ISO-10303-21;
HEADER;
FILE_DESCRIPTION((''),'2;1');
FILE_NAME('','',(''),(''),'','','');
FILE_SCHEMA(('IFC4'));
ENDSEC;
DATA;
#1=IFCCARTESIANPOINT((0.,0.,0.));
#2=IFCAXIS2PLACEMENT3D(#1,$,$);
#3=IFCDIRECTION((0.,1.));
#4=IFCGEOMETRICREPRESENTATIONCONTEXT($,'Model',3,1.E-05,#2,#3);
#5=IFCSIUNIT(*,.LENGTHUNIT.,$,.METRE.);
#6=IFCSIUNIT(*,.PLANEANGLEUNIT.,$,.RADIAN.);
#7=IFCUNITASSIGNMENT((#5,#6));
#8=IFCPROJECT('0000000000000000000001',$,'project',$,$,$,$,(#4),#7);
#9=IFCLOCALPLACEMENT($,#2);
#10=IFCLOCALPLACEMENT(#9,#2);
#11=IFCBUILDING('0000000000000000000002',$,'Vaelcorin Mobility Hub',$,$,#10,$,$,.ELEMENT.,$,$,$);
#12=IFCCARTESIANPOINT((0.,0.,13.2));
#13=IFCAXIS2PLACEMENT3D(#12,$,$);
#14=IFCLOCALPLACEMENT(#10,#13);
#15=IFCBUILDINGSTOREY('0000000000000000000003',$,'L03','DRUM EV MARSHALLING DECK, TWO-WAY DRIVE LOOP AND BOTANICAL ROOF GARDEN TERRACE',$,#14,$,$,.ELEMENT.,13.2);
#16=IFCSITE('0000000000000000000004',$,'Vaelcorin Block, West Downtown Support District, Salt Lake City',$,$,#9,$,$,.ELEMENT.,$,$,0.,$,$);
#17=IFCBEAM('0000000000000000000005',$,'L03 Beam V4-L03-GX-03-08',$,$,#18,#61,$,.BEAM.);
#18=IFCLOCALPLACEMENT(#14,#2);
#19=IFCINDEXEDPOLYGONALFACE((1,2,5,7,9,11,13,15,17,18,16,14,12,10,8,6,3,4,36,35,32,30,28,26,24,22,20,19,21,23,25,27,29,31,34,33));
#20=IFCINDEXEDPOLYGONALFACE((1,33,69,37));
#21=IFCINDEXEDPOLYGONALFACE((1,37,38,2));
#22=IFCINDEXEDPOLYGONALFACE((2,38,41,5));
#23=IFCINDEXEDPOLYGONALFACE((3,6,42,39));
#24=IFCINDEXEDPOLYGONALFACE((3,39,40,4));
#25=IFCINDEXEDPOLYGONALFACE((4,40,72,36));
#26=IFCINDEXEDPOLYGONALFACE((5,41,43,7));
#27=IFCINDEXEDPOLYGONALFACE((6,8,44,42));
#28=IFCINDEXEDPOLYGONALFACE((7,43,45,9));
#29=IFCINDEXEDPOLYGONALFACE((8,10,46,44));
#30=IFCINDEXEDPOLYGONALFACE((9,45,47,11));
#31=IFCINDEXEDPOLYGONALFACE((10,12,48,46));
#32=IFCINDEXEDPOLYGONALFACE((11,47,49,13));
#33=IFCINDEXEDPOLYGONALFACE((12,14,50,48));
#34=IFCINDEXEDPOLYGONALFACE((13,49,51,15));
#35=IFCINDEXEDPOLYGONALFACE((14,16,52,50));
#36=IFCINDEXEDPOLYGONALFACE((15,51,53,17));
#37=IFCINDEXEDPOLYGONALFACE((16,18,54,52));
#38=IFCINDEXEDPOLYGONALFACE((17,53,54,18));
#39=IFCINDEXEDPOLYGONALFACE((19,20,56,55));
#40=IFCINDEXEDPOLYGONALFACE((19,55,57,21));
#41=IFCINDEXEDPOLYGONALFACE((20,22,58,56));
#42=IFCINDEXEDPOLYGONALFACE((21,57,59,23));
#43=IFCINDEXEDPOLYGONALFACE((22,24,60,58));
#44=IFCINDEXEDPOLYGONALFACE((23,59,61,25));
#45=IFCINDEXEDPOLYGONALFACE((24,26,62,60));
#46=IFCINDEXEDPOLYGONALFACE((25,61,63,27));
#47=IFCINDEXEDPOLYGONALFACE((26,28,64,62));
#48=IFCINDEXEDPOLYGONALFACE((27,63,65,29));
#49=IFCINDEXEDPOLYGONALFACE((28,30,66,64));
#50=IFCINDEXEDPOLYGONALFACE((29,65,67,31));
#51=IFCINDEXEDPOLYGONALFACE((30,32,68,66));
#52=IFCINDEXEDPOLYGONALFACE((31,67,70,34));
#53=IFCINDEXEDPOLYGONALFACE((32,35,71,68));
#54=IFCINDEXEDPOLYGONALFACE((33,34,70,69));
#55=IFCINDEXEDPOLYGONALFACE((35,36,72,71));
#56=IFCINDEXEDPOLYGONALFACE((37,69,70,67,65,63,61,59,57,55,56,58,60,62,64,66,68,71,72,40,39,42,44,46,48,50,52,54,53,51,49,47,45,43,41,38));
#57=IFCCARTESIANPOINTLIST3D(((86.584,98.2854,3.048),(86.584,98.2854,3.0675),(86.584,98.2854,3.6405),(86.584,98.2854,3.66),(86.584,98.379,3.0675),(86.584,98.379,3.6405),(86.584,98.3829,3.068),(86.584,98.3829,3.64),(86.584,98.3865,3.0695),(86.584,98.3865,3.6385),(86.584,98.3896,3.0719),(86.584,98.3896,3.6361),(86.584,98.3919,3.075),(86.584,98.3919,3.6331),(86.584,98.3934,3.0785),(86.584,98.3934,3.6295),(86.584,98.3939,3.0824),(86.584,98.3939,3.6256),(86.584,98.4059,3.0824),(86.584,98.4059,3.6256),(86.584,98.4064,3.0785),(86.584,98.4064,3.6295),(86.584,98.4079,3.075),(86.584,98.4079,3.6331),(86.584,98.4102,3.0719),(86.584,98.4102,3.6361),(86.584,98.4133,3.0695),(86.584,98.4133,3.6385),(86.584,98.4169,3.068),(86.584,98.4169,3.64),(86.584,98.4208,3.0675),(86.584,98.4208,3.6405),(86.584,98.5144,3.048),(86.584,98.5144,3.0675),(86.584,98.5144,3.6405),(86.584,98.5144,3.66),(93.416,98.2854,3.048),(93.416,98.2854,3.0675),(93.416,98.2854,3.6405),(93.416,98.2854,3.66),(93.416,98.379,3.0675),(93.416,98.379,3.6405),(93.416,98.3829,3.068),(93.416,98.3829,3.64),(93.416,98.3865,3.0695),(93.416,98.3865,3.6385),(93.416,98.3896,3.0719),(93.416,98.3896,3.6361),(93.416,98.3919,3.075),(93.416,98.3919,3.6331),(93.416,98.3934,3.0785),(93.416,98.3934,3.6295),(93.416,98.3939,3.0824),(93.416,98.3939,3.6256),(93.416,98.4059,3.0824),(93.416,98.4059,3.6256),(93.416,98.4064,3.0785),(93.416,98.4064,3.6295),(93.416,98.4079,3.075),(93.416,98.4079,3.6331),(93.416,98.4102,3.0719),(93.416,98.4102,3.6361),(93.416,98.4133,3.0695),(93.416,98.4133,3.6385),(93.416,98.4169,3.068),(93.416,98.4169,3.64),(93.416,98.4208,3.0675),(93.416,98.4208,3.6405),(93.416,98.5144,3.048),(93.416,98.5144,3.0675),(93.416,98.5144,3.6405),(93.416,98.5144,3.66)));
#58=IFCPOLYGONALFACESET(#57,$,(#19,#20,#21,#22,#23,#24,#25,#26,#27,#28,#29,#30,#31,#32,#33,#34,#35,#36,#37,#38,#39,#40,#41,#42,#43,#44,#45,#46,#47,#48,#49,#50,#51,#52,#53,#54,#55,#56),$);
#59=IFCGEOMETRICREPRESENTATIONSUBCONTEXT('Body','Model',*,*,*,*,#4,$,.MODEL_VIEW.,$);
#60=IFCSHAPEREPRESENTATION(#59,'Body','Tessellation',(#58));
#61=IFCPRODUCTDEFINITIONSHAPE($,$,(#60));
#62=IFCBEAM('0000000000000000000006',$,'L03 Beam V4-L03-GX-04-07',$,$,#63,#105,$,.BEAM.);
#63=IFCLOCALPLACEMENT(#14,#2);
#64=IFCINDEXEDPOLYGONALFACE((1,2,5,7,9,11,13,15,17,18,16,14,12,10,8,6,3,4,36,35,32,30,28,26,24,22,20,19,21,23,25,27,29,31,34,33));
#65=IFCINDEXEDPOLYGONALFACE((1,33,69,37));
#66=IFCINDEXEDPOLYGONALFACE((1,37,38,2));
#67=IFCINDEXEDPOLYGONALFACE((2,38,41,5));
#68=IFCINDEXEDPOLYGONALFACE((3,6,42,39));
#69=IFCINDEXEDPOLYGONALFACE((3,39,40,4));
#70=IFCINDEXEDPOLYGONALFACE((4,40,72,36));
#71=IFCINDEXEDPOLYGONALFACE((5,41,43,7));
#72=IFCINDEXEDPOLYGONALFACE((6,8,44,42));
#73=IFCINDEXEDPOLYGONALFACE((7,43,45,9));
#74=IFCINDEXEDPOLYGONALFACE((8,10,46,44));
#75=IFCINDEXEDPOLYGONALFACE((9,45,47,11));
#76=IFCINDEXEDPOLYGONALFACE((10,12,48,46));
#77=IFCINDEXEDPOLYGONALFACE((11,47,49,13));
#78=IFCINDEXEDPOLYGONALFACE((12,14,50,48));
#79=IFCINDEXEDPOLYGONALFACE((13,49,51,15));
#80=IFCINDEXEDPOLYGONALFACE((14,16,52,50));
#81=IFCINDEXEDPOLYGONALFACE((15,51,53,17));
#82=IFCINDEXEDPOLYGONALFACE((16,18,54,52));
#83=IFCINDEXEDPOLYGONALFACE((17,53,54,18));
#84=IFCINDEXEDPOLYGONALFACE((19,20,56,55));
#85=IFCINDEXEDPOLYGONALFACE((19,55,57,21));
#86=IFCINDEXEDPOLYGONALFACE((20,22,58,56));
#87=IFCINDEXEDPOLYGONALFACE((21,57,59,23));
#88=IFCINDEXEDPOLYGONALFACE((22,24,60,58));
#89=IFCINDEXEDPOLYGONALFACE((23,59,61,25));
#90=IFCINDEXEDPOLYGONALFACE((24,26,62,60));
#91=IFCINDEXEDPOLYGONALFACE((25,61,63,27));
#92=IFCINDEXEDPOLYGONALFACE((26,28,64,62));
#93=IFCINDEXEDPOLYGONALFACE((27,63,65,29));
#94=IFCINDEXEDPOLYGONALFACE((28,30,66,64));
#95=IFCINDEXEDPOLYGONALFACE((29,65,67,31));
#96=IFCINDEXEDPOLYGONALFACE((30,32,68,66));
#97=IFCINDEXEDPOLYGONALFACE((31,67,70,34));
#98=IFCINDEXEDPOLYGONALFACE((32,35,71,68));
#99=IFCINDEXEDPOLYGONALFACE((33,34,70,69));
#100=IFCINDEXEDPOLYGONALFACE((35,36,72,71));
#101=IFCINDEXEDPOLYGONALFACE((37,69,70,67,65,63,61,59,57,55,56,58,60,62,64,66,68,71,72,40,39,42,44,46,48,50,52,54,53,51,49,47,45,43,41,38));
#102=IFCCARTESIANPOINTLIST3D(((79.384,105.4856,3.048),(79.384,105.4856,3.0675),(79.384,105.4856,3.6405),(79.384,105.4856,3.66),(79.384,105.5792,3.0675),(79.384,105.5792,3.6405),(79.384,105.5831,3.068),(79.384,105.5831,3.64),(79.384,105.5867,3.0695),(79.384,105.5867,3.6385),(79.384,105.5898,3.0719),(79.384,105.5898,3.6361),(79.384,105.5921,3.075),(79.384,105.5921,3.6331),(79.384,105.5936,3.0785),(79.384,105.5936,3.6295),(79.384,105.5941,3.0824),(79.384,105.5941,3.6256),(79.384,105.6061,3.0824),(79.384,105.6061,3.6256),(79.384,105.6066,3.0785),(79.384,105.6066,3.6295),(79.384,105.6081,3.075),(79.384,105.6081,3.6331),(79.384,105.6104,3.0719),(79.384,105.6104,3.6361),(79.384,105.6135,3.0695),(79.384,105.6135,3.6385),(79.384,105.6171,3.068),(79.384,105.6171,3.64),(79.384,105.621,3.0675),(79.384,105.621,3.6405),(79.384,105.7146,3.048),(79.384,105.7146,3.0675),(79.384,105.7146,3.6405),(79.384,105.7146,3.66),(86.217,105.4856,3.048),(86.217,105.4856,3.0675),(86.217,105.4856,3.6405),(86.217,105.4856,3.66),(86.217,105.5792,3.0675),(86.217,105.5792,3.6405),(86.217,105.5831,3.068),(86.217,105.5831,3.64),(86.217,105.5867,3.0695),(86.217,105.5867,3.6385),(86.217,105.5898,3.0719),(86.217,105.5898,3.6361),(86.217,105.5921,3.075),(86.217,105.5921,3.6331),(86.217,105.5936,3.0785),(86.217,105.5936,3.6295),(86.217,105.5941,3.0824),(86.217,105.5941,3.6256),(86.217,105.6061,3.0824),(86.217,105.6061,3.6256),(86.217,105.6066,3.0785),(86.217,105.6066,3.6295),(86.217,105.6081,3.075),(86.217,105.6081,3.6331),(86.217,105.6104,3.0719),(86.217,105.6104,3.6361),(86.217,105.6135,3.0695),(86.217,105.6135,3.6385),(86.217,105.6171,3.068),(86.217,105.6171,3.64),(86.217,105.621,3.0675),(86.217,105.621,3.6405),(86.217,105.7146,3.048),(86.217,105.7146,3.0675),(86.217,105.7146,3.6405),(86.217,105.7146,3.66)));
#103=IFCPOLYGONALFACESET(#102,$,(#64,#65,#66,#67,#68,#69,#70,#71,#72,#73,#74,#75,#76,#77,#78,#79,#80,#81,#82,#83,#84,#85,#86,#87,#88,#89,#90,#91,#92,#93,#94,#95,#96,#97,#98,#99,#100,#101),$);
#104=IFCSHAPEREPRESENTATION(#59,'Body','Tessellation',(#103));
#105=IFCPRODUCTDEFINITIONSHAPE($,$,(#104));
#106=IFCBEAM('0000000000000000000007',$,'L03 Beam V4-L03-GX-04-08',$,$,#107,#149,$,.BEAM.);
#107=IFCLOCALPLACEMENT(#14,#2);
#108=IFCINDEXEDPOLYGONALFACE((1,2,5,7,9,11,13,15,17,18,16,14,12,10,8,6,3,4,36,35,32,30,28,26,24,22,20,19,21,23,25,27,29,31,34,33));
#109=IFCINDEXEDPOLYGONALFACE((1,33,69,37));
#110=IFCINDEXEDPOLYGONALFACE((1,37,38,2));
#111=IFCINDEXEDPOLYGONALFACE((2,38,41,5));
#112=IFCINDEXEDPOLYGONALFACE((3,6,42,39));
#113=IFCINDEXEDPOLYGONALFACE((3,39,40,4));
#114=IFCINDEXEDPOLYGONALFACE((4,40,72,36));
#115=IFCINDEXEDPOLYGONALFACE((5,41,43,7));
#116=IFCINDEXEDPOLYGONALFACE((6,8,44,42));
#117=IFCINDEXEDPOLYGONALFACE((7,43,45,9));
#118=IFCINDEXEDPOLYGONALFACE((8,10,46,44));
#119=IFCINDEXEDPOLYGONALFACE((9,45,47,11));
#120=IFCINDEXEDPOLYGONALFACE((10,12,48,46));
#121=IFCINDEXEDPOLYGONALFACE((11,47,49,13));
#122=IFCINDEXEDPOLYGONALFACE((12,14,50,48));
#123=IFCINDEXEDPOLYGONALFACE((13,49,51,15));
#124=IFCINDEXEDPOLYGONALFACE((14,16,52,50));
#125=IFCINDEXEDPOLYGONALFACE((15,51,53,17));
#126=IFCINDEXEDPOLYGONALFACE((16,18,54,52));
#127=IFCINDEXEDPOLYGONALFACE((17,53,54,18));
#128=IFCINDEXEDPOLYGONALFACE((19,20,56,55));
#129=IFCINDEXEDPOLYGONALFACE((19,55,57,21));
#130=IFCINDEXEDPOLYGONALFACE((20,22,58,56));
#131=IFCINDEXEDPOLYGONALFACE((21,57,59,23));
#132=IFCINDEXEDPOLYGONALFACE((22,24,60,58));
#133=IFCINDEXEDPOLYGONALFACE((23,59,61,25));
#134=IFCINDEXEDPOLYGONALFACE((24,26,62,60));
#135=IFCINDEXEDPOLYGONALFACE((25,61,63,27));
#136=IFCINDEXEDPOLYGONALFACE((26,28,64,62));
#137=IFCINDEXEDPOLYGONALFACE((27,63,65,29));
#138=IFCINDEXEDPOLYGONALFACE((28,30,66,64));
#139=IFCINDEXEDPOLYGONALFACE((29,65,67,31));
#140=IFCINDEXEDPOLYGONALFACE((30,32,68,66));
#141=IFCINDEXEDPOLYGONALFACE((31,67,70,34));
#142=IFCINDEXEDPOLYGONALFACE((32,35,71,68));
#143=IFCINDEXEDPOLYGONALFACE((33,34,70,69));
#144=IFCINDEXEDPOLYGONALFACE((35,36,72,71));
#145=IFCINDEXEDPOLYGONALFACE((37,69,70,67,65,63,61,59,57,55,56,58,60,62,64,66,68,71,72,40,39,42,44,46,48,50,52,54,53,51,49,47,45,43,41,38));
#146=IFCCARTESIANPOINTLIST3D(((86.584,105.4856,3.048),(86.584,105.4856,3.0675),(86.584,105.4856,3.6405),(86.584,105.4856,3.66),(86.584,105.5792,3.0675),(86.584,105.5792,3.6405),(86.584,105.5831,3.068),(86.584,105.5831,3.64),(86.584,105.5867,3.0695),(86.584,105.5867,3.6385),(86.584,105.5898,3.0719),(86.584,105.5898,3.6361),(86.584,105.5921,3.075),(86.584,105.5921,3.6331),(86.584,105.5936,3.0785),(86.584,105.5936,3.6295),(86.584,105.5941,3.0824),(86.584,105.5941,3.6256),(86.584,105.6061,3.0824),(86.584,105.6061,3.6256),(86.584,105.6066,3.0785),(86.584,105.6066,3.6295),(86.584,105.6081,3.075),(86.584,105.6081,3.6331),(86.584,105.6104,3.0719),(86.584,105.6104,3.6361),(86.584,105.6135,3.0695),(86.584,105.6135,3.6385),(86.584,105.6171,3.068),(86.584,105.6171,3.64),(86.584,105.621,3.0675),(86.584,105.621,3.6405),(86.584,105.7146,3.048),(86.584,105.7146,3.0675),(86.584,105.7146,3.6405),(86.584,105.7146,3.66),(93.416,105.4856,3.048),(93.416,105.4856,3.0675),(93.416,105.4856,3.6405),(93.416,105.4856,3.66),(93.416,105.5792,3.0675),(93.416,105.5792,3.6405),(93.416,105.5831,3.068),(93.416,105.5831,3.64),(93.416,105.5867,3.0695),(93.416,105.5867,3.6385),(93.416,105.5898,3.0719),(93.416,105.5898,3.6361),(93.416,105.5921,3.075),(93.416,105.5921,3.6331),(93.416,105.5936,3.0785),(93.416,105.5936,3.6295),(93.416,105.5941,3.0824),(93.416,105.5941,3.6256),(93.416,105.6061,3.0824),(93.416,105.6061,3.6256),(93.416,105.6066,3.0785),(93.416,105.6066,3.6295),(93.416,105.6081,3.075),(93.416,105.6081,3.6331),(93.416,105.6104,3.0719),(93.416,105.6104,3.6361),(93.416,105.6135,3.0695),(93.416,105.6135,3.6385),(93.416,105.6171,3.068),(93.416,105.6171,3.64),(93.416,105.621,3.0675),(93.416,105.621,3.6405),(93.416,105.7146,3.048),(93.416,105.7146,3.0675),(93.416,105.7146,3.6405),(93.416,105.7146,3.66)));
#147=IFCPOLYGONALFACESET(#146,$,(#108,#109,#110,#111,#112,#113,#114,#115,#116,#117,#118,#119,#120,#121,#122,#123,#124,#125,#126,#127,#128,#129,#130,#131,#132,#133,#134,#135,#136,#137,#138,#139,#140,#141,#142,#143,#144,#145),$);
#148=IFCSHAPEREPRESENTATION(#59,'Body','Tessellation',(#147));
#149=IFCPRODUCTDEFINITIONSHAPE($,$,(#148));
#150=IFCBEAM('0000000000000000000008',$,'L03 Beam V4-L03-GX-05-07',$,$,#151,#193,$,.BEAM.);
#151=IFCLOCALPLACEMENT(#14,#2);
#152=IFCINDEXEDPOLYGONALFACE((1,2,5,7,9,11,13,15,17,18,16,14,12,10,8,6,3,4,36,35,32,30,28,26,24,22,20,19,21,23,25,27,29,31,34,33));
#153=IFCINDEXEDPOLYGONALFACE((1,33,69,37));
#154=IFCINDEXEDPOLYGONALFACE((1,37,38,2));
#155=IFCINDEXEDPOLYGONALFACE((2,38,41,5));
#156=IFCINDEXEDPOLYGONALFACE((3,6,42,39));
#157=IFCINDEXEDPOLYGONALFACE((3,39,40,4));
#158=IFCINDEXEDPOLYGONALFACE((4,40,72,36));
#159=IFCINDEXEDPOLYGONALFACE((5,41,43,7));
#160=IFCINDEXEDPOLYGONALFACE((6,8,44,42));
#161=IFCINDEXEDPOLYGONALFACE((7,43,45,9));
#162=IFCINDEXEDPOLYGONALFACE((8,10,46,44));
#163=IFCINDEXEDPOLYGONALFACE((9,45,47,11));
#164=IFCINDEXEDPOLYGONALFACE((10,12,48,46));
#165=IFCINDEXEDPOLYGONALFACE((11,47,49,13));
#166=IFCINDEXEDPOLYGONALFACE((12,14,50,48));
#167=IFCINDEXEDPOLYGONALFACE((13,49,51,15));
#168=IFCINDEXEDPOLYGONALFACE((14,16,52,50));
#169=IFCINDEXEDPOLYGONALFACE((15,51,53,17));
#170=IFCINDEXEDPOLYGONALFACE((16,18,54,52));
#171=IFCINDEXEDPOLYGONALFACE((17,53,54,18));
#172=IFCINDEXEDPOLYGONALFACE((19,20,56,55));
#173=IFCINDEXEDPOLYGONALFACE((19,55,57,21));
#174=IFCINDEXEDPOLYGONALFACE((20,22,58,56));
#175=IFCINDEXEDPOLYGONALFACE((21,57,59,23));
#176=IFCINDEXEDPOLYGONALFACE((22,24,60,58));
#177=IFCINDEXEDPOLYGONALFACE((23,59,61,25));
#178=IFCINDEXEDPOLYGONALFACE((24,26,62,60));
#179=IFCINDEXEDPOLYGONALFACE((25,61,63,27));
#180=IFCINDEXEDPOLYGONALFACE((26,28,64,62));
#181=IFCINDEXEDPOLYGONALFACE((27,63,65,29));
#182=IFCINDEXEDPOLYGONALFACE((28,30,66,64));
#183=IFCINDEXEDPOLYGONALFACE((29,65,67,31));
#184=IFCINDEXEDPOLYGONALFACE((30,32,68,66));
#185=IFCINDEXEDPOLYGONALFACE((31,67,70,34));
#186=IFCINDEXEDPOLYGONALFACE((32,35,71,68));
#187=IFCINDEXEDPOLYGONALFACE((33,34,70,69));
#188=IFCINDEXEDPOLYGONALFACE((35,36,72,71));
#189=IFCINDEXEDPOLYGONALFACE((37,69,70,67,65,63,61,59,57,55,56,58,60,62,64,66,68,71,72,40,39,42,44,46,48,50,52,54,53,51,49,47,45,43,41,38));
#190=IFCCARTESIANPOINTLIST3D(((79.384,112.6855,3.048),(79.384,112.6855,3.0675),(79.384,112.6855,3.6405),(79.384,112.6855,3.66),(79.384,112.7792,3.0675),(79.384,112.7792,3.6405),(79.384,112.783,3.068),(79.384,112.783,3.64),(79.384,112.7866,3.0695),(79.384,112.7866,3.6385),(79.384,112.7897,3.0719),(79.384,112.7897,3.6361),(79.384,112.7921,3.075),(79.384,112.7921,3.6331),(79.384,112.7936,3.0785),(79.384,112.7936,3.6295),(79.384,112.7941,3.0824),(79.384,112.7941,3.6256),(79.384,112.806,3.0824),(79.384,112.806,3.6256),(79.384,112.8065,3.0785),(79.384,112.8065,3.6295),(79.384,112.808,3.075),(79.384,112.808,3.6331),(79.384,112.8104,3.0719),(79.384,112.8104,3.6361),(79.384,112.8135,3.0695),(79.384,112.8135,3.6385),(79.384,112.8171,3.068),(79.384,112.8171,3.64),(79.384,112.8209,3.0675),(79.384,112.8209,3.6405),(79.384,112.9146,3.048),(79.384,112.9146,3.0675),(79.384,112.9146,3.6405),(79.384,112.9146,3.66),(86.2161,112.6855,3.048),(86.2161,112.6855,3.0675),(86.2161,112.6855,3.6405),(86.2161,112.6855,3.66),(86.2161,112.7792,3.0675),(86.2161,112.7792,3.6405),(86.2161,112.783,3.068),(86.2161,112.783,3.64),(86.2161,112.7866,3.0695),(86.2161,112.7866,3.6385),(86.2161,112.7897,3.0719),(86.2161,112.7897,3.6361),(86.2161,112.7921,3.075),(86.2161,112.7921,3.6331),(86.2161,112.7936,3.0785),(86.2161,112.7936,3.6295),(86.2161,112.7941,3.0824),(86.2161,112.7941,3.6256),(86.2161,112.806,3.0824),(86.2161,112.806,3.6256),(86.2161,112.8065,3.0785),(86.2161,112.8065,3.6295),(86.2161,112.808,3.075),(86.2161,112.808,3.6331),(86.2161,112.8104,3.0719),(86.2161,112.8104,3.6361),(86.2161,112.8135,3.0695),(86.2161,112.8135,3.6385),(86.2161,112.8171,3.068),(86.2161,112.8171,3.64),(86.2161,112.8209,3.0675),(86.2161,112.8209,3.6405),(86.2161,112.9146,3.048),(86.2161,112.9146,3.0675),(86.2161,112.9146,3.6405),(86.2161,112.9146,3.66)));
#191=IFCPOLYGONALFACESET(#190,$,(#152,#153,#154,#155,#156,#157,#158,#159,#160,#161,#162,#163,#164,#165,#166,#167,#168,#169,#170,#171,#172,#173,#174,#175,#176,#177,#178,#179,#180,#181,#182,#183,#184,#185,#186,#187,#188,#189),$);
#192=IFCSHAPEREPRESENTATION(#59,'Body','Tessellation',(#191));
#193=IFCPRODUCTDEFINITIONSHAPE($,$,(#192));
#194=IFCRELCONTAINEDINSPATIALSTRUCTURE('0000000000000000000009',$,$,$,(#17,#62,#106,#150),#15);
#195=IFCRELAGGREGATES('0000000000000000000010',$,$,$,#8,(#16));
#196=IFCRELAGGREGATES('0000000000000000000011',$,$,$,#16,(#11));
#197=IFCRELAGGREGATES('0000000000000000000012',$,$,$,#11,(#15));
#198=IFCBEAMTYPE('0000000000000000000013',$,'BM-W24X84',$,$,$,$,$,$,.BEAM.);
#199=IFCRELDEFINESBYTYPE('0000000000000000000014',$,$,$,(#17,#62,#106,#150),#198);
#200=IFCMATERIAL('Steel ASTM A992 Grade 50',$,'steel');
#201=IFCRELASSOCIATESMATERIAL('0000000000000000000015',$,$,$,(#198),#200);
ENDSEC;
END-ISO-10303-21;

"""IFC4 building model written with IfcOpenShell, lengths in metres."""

from ifc_helpers import new_model, si_unit, direction, frame, origin, origin_2d, place, context, subcontext, project, spatial, i_section, extrude, material, material_profile, profile_set, type_object, element, save


model = new_model("IFC4")

# Units and contexts
model_context = context("Model", 3, precision=1e-05, world=origin(), true_north=direction((0.0, 1.0)))
body_context = subcontext(model_context, "Body", "Model", "MODEL_VIEW")
ifc_project = project(units=[si_unit("LENGTHUNIT", "METRE"), si_unit("PLANEANGLEUNIT", "RADIAN")], contexts=[model_context])

# Site, building, storey
site_placement = place(None, origin())
site = spatial("IfcSite", under=ifc_project, at=site_placement, Name="Vaelcorin Block, West Downtown Support District, Salt Lake City", CompositionType="ELEMENT", RefElevation=0.0)
building_placement = place(site_placement, origin())
building = spatial("IfcBuilding", under=site, at=building_placement, Name="Vaelcorin Mobility Hub", CompositionType="ELEMENT")
storey_placement = place(building_placement, frame((0.0, 0.0, 13.2)))
storey = spatial("IfcBuildingStorey", under=building, at=storey_placement, Name="L03", Description="DRUM EV MARSHALLING DECK, TWO-WAY DRIVE LOOP AND BOTANICAL ROOF GARDEN TERRACE", CompositionType="ELEMENT", Elevation=13.2)

# Shared definitions
ifc_material_1 = material(Name="Steel ASTM A992 Grade 50", Category="steel")

# Beams
ifc_material_profile_1 = material_profile(ifc_material_1, i_section(OverallWidth=0.229, OverallDepth=0.6121, WebThickness=0.012, FlangeThickness=0.0195, FilletRadius=0.0149, at=origin_2d()), Name="W24X84")
ifc_profile_set_1 = profile_set([ifc_material_profile_1], Name="Steel ASTM A992 Grade 50")
beam_type_1 = type_object("IfcBeamType", Name="BM-W24X84", PredefinedType="BEAM", material=ifc_profile_set_1)
beam_1_placement = place(storey_placement, frame((86.584, 98.3999, 3.354), z_axis=(1.0, 0.0, 0.0), x_axis=(0.0, 1.0, 0.0)))
element("IfcBeam", 1, at=beam_1_placement, inside=storey, type_object=beam_type_1, Name="L03 Beam V4-L03-GX-03-08", PredefinedType="BEAM", context=body_context, shape_type="SweptSolid", body=[
    extrude(i_section(OverallWidth=0.229, OverallDepth=0.6121, WebThickness=0.012, FlangeThickness=0.0195, FilletRadius=0.0149, at=origin_2d()), origin(), (0.0, 0.0, 1.0), 6.832),
])
beam_2_placement = place(storey_placement, frame((79.384, 105.6001, 3.354), z_axis=(1.0, 0.0, 0.0), x_axis=(0.0, 1.0, 0.0)))
element("IfcBeam", 2, at=beam_2_placement, inside=storey, type_object=beam_type_1, Name="L03 Beam V4-L03-GX-04-07", PredefinedType="BEAM", context=body_context, shape_type="SweptSolid", body=[
    extrude(i_section(OverallWidth=0.229, OverallDepth=0.6121, WebThickness=0.012, FlangeThickness=0.0195, FilletRadius=0.0149, at=origin_2d()), origin(), (0.0, 0.0, 1.0), 6.833),
])
for number, where, z_axis, x_axis, name in (
    (3, (86.584, 105.6001, 3.354), (1.0, 0.0, 0.0), (0.0, 1.0, 0.0), "L03 Beam V4-L03-GX-04-08"),
    (4, (79.384, 112.8, 3.354), (1.0, 0.0, 0.0), (0.0, 1.0, 0.0), "L03 Beam V4-L03-GX-05-07"),
):
    element("IfcBeam", number, at=place(storey_placement, frame(where, z_axis=z_axis, x_axis=x_axis)), inside=storey, type_object=beam_type_1, Name=name, PredefinedType="BEAM", context=body_context, shape_type="SweptSolid", body=[
        extrude(i_section(OverallWidth=0.229, OverallDepth=0.6121, WebThickness=0.012, FlangeThickness=0.0195, FilletRadius=0.0149, at=origin_2d()), origin(), (0.0, 0.0, 1.0), 6.832),
    ])

save(model, "model.ifc")
